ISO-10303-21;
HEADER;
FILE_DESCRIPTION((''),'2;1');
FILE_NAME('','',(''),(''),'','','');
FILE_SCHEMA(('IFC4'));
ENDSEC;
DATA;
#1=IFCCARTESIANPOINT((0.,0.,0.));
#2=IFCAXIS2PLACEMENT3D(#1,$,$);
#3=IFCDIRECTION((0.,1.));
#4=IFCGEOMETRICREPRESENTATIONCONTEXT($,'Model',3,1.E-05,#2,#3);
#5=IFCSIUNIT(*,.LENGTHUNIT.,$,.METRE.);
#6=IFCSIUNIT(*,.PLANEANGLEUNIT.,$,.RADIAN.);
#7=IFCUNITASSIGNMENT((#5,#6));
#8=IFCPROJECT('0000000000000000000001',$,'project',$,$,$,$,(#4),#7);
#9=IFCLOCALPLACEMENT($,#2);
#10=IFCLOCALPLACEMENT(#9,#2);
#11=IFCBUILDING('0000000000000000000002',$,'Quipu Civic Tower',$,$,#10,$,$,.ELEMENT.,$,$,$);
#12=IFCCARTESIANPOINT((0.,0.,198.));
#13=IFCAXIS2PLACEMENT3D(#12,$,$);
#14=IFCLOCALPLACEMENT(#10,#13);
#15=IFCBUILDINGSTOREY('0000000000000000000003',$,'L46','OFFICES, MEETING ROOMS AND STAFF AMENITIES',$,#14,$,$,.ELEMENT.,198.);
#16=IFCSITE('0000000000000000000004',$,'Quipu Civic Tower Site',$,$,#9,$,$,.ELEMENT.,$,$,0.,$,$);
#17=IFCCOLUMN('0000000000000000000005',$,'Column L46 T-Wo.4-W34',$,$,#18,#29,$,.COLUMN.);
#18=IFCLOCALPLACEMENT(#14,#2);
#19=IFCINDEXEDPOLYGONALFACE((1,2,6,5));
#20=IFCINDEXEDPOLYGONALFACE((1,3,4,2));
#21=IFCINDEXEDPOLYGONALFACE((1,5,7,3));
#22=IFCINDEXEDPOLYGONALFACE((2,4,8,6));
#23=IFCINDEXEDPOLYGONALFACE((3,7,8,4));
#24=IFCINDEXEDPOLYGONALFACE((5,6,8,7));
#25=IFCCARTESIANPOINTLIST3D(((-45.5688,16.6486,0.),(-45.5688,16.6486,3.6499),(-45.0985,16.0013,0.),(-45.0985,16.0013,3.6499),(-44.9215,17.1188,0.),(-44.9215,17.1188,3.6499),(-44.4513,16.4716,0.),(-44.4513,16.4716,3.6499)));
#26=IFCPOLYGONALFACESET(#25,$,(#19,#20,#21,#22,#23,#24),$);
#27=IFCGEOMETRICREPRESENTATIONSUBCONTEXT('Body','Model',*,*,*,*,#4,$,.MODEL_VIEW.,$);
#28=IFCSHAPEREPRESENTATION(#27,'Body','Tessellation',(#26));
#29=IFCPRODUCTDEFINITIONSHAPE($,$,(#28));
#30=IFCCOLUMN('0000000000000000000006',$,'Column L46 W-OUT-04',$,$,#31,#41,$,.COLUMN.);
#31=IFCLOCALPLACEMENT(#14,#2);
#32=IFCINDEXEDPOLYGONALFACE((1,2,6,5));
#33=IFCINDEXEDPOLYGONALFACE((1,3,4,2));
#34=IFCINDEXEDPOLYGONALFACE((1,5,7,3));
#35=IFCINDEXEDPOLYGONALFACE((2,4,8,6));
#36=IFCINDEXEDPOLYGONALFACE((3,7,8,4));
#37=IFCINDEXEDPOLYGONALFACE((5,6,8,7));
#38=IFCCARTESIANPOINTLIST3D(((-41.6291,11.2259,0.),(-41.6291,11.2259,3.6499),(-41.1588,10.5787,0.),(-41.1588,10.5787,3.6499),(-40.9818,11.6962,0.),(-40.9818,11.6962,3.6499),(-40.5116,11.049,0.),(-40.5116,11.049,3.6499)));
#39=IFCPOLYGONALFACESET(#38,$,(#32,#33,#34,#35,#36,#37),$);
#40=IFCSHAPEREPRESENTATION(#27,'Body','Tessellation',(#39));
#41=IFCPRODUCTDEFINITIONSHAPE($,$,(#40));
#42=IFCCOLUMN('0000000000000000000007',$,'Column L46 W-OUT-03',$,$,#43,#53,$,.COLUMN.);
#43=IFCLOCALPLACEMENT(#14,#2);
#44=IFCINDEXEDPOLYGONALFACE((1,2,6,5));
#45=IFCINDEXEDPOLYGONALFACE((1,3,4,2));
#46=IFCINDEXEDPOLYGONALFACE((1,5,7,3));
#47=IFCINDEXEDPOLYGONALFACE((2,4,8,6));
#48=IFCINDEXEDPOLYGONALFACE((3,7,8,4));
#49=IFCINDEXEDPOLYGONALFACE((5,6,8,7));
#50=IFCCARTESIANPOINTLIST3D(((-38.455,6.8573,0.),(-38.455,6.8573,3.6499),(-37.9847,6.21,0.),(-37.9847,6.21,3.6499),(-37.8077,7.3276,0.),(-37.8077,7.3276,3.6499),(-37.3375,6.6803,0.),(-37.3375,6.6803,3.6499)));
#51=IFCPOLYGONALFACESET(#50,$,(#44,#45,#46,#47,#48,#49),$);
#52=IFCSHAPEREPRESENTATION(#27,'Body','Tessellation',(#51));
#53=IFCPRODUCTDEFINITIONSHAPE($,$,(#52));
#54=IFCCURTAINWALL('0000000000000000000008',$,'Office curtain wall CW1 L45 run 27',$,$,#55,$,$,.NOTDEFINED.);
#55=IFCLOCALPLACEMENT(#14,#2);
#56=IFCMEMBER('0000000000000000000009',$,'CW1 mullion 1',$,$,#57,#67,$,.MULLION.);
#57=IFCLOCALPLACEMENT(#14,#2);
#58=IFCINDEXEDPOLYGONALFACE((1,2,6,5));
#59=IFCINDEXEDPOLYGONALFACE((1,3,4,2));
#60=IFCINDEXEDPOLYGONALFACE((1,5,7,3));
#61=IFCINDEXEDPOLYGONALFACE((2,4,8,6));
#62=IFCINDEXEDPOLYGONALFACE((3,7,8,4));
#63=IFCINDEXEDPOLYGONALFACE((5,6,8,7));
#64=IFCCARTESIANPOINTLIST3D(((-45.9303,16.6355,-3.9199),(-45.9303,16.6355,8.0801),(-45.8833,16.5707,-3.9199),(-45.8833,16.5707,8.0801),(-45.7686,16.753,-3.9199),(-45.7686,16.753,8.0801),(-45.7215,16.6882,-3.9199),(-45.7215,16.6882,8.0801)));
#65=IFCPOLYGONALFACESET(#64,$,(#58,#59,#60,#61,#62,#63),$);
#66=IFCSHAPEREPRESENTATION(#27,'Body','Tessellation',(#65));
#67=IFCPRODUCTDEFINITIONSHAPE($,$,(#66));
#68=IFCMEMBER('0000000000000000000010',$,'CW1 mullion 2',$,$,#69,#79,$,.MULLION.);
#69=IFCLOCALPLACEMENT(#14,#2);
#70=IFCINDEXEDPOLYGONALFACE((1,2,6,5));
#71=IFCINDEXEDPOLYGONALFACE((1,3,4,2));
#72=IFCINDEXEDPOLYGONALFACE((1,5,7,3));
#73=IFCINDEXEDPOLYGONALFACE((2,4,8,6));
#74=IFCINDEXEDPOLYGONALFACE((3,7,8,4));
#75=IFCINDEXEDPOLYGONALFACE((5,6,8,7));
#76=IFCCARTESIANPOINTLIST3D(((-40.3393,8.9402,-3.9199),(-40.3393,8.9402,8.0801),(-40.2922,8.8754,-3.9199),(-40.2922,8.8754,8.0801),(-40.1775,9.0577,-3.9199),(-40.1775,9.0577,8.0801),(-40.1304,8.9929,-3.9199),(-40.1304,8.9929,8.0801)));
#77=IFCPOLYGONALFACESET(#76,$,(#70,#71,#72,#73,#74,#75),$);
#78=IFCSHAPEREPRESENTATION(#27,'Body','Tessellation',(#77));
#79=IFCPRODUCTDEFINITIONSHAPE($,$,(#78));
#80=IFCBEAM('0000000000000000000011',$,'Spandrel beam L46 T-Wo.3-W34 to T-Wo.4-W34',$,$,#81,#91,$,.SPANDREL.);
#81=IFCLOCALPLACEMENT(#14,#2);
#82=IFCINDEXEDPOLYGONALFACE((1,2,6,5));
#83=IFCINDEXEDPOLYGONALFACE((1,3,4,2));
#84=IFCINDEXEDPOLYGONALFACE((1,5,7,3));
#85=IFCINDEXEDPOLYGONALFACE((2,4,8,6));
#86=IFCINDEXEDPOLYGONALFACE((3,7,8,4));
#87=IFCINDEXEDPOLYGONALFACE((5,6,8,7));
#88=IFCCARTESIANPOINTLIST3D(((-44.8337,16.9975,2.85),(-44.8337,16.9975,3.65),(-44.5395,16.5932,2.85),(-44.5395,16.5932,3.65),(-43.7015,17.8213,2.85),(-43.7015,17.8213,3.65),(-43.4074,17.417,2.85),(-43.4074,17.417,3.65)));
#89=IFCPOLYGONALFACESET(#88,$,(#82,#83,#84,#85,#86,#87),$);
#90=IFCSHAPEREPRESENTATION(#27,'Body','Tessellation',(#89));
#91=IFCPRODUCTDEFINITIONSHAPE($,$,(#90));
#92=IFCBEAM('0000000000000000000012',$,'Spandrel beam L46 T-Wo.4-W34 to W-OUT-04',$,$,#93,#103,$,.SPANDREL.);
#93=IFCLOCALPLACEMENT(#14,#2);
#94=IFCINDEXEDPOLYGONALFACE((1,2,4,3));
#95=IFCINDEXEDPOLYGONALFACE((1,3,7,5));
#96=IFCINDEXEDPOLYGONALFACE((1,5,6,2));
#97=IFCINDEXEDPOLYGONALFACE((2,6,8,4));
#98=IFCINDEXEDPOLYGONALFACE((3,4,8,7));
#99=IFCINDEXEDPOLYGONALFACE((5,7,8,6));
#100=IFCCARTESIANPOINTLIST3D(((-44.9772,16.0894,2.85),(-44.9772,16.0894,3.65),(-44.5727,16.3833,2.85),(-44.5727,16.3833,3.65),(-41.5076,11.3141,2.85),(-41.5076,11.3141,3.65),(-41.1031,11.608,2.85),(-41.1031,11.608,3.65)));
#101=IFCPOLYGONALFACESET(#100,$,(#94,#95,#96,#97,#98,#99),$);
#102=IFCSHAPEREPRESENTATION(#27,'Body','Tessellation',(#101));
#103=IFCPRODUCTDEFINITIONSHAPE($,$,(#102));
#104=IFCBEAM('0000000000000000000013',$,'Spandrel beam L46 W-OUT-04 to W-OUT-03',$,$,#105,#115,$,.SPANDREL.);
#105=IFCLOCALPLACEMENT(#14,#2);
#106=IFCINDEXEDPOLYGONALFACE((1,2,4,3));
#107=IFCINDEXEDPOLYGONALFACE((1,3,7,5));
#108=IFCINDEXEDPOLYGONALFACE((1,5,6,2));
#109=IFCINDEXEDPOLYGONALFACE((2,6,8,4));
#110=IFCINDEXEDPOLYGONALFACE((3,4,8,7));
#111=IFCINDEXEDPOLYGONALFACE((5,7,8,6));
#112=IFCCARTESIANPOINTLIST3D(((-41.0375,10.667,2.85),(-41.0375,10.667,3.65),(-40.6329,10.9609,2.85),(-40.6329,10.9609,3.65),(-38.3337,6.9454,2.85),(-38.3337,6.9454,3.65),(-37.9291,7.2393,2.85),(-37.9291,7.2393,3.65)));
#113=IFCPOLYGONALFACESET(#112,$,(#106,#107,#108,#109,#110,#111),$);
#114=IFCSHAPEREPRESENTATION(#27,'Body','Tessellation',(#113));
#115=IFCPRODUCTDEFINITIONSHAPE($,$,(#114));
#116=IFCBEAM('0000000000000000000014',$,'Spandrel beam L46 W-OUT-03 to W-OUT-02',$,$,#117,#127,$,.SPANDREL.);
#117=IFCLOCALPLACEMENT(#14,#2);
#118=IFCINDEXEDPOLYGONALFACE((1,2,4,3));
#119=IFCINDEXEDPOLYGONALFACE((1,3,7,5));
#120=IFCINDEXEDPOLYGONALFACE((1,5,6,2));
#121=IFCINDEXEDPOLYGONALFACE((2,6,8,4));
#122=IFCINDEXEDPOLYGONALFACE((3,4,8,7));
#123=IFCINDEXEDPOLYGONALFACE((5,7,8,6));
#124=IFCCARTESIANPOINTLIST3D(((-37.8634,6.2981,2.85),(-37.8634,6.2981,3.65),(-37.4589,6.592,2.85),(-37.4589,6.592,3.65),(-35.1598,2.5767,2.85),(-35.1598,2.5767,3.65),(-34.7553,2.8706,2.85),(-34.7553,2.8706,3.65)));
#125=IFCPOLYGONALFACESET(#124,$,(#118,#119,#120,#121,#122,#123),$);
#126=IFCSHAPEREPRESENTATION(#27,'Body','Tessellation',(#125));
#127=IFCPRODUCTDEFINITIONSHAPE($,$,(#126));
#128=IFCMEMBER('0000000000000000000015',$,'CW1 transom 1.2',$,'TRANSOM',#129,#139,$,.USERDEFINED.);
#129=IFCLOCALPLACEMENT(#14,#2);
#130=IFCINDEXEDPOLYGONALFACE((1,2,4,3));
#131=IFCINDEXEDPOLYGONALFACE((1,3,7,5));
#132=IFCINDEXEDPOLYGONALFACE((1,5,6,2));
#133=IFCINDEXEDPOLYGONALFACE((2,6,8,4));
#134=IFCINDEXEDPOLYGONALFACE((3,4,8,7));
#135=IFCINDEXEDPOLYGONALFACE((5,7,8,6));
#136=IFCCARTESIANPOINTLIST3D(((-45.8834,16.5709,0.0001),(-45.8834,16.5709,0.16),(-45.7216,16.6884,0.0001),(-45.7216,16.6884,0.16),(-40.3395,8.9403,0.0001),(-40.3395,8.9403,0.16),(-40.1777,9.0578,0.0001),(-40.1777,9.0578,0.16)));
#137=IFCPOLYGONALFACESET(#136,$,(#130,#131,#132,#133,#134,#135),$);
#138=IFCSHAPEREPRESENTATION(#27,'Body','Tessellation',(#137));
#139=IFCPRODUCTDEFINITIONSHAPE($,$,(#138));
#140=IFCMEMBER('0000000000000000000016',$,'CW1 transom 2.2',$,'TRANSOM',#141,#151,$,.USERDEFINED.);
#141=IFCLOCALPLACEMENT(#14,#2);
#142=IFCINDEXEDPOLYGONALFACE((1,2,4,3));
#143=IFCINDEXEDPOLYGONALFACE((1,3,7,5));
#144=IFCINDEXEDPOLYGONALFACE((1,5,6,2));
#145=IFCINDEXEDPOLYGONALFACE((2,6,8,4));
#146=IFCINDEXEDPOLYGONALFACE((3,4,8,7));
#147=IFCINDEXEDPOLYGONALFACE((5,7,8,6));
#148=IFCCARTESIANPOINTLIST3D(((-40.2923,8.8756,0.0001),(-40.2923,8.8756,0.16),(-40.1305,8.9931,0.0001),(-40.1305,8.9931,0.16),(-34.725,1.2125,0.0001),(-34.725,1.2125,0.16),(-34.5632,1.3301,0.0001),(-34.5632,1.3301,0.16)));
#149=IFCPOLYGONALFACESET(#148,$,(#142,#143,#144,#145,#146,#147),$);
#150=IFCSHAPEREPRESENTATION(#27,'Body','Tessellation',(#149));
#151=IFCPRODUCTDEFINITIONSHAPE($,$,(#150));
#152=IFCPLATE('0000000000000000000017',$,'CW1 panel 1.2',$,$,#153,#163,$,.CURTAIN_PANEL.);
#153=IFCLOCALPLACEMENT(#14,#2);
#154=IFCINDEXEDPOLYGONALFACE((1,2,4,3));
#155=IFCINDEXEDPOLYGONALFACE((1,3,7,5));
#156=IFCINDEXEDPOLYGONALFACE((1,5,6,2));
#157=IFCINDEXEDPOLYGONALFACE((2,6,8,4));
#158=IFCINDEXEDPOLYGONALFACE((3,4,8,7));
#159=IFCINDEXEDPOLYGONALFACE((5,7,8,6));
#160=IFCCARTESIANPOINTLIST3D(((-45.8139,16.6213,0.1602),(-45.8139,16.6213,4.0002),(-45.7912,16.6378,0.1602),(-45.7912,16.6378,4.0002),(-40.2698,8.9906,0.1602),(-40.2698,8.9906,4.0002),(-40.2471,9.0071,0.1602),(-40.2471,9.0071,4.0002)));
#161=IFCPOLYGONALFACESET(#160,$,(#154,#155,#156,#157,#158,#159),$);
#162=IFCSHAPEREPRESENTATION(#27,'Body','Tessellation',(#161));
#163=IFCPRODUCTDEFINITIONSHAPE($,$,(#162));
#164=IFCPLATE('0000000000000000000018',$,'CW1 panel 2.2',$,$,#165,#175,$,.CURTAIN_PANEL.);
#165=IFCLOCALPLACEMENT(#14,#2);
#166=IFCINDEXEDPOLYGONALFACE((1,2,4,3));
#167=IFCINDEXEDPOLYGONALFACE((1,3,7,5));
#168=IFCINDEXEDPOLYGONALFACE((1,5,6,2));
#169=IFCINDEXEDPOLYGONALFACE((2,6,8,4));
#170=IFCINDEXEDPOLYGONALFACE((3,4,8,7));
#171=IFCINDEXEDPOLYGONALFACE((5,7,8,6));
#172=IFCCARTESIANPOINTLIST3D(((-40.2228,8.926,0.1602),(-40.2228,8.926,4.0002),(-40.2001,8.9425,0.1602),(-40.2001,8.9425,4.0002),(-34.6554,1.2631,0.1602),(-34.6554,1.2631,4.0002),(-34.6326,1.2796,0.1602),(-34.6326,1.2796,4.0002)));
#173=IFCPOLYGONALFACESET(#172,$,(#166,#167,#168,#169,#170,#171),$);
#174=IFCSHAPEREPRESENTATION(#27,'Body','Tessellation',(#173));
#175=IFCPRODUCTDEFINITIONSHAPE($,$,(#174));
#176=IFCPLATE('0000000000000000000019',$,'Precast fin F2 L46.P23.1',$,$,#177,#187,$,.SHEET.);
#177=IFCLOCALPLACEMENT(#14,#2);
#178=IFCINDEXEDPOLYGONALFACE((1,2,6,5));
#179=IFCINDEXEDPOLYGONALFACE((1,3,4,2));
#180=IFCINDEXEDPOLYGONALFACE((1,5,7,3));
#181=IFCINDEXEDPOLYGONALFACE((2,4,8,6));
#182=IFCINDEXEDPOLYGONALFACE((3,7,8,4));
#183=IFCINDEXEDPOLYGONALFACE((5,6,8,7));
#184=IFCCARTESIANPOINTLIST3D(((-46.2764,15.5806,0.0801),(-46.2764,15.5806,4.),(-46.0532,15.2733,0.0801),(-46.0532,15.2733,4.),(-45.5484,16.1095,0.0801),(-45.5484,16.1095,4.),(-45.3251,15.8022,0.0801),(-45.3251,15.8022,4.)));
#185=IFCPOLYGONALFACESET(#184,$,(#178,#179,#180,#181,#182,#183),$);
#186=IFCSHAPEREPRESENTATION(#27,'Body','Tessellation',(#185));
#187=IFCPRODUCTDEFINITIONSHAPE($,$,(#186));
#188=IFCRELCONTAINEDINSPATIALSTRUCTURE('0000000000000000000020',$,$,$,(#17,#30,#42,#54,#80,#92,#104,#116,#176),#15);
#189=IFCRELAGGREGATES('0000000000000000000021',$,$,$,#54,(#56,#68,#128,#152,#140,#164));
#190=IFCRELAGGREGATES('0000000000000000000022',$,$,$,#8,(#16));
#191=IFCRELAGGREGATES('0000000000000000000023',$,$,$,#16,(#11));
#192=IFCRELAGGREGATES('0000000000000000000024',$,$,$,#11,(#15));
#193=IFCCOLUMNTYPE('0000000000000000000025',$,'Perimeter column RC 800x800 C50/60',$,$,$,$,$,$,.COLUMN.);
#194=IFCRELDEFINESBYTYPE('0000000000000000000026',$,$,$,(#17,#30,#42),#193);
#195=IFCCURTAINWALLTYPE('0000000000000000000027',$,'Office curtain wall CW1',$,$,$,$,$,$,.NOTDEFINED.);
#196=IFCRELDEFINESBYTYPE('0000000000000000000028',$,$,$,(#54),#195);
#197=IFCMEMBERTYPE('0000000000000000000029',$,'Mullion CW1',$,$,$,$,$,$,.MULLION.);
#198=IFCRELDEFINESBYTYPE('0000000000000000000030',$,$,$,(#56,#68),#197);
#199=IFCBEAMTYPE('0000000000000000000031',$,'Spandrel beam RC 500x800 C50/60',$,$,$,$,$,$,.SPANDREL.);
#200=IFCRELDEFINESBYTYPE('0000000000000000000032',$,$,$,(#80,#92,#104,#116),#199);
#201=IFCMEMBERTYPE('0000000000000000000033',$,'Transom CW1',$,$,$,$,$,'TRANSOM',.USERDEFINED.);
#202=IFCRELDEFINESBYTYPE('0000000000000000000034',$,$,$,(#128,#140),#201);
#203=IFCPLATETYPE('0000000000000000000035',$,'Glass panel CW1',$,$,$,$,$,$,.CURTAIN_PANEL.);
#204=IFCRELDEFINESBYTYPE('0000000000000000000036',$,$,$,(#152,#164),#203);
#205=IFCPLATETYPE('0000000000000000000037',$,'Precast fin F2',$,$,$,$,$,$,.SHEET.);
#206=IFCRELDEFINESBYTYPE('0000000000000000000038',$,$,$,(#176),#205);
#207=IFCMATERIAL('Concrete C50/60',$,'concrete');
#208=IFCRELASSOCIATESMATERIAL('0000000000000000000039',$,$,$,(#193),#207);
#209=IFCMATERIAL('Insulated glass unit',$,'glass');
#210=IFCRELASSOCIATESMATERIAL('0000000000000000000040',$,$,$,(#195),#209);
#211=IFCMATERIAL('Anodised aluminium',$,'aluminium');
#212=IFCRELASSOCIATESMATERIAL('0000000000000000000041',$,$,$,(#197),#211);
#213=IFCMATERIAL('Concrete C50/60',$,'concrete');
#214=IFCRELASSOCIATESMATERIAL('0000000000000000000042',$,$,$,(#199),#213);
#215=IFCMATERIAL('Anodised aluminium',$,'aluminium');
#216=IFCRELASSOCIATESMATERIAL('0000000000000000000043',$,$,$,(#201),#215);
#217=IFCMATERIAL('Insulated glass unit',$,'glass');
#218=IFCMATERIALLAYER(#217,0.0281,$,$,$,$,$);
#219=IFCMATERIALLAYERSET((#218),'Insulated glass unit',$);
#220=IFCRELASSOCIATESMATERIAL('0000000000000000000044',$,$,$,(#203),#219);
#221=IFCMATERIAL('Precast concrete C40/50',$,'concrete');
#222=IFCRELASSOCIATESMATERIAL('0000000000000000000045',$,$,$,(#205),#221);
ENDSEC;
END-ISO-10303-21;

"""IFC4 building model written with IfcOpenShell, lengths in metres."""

from ifc_helpers import new_model, si_unit, direction, frame, origin, origin_2d, place, context, subcontext, project, spatial, rectangle, extrude, material, layer, layer_set, material_profile, profile_set, type_object, element, aggregate, save


model = new_model("IFC4")

# Units and contexts
model_context = context("Model", 3, precision=1e-05, world=origin(), true_north=direction((0.0, 1.0)))
body_context = subcontext(model_context, "Body", "Model", "MODEL_VIEW")
ifc_project = project(units=[si_unit("LENGTHUNIT", "METRE"), si_unit("PLANEANGLEUNIT", "RADIAN")], contexts=[model_context])

# Site, building, storey
site_placement = place(None, origin())
site = spatial("IfcSite", under=ifc_project, at=site_placement, Name="Quipu Civic Tower Site", CompositionType="ELEMENT", RefElevation=0.0)
building_placement = place(site_placement, origin())
building = spatial("IfcBuilding", under=site, at=building_placement, Name="Quipu Civic Tower", CompositionType="ELEMENT")
storey_placement = place(building_placement, frame((0.0, 0.0, 198.0)))
storey = spatial("IfcBuildingStorey", under=building, at=storey_placement, Name="L46", Description="OFFICES, MEETING ROOMS AND STAFF AMENITIES", CompositionType="ELEMENT", Elevation=198.0)

# Columns
ifc_material_1 = material(Name="Concrete C50/60", Category="concrete")
ifc_material_profile_1 = material_profile(ifc_material_1, rectangle(XDim=0.8, YDim=0.8, at=origin_2d()), Name="RC800x800")
ifc_profile_set_1 = profile_set([ifc_material_profile_1], Name="Concrete C50/60")
column_type = type_object("IfcColumnType", Name="Perimeter column RC 800x800 C50/60", PredefinedType="COLUMN", material=ifc_profile_set_1)
for number, where, z_axis, x_axis, name in (
    (1, (-45.01, 16.5601, 0.0), (0.0, 0.0, 1.0), (0.587785, -0.809017, 0.0), "Column L46 T-Wo.4-W34"),
    (2, (-41.0703, 11.1375, 0.0), (0.0, 0.0, 1.0), (0.587785, -0.809017, 0.0), "Column L46 W-OUT-04"),
    (3, (-37.8962, 6.7688, 0.0), (0.0, 0.0, 1.0), (0.587785, -0.809017, 0.0), "Column L46 W-OUT-03"),
):
    element("IfcColumn", number, at=place(storey_placement, frame(where, z_axis=z_axis, x_axis=x_axis)), inside=storey, type_object=column_type, Name=name, PredefinedType="COLUMN", context=body_context, shape_type="SweptSolid", body=[
        extrude(rectangle(XDim=0.8, YDim=0.8, at=origin_2d()), origin(), (0.0, 0.0, 1.0), 3.6499),
    ])

# Curtain wall, members
ifc_material_2 = material(Name="Insulated glass unit", Category="glass")
curtain_wall_type = type_object("IfcCurtainWallType", Name="Office curtain wall CW1", PredefinedType="NOTDEFINED", material=ifc_material_2)
curtain_wall_placement = place(storey_placement, origin())
curtain_wall = element("IfcCurtainWall", 4, at=curtain_wall_placement, inside=storey, type_object=curtain_wall_type, Name="Office curtain wall CW1 L45 run 27", PredefinedType="NOTDEFINED")
ifc_material_3 = material(Name="Anodised aluminium", Category="aluminium")
ifc_material_profile_2 = material_profile(ifc_material_3, rectangle(XDim=0.2, YDim=0.0801, at=origin_2d()), Name="RECT 200x80")
ifc_profile_set_2 = profile_set([ifc_material_profile_2], Name="Anodised aluminium")
member_type_1 = type_object("IfcMemberType", Name="Mullion CW1", PredefinedType="MULLION", material=ifc_profile_set_2)
member_1_placement = place(storey_placement, frame((-45.8259, 16.6619, -3.9199), z_axis=(0.0, 0.0, 1.0), x_axis=(0.809017, 0.587786, 0.0)))
member_1 = element("IfcMember", 5, at=member_1_placement, type_object=member_type_1, Name="CW1 mullion 1", PredefinedType="MULLION", context=body_context, shape_type="SweptSolid", body=[
    extrude(rectangle(XDim=0.2, YDim=0.0801, at=origin_2d()), origin(), (0.0, 0.0, 1.0), 12.0),
])
member_2_placement = place(storey_placement, frame((-40.2349, 8.9666, -3.9199), z_axis=(0.0, 0.0, 1.0), x_axis=(0.809017, 0.587786, 0.0)))
member_2 = element("IfcMember", 6, at=member_2_placement, type_object=member_type_1, Name="CW1 mullion 2", PredefinedType="MULLION", context=body_context, shape_type="SweptSolid", body=[
    extrude(rectangle(XDim=0.2, YDim=0.0801, at=origin_2d()), origin(), (0.0, 0.0, 1.0), 12.0),
])

# Beams
ifc_material_4 = material(Name="Concrete C50/60", Category="concrete")
ifc_material_profile_3 = material_profile(ifc_material_4, rectangle(XDim=0.5, YDim=0.8, at=origin_2d()), Name="RC500x800")
ifc_profile_set_3 = profile_set([ifc_material_profile_3], Name="Concrete C50/60")
beam_type = type_object("IfcBeamType", Name="Spandrel beam RC 500x800 C50/60", PredefinedType="SPANDREL", material=ifc_profile_set_3)
beam_1_placement = place(storey_placement, frame((-43.5544, 17.6191, 3.25), z_axis=(-0.8086, -0.588358, 0.0), x_axis=(0.588358, -0.8086, 0.0)))
element("IfcBeam", 7, at=beam_1_placement, inside=storey, type_object=beam_type, Name="Spandrel beam L46 T-Wo.3-W34 to T-Wo.4-W34", PredefinedType="SPANDREL", context=body_context, shape_type="SweptSolid", body=[
    extrude(rectangle(XDim=0.5, YDim=0.8, at=origin_2d()), origin(), (0.0, 0.0, 1.0), 1.4001),
])
beam_2_placement = place(storey_placement, frame((-44.7749, 16.2363, 3.25), z_axis=(0.5878, -0.809006, 0.0), x_axis=(0.809006, 0.5878, 0.0)))
element("IfcBeam", 8, at=beam_2_placement, inside=storey, type_object=beam_type, Name="Spandrel beam L46 T-Wo.4-W34 to W-OUT-04", PredefinedType="SPANDREL", context=body_context, shape_type="SweptSolid", body=[
    extrude(rectangle(XDim=0.5, YDim=0.8, at=origin_2d()), origin(), (0.0, 0.0, 1.0), 5.9026),
])
beam_3_placement = place(storey_placement, frame((-40.8352, 10.814, 3.25), z_axis=(0.587771, -0.809027, 0.0), x_axis=(0.809027, 0.587771, 0.0)))
element("IfcBeam", 9, at=beam_3_placement, inside=storey, type_object=beam_type, Name="Spandrel beam L46 W-OUT-04 to W-OUT-03", PredefinedType="SPANDREL", context=body_context, shape_type="SweptSolid", body=[
    extrude(rectangle(XDim=0.5, YDim=0.8, at=origin_2d()), origin(), (0.0, 0.0, 1.0), 4.6001),
])
beam_4_placement = place(storey_placement, frame((-37.6611, 6.4451, 3.25), z_axis=(0.587761, -0.809034, 0.0), x_axis=(0.809034, 0.587761, 0.0)))
element("IfcBeam", 10, at=beam_4_placement, inside=storey, type_object=beam_type, Name="Spandrel beam L46 W-OUT-03 to W-OUT-02", PredefinedType="SPANDREL", context=body_context, shape_type="SweptSolid", body=[
    extrude(rectangle(XDim=0.5, YDim=0.8, at=origin_2d()), origin(), (0.0, 0.0, 1.0), 4.5999),
])

# Members
ifc_material_5 = material(Name="Anodised aluminium", Category="aluminium")
ifc_material_profile_4 = material_profile(ifc_material_5, rectangle(XDim=0.2, YDim=0.1599, at=origin_2d()), Name="RECT 200x160")
ifc_profile_set_4 = profile_set([ifc_material_profile_4], Name="Anodised aluminium")
member_type_2 = type_object("IfcMemberType", Name="Transom CW1", ElementType="TRANSOM", PredefinedType="USERDEFINED", material=ifc_profile_set_4)
member_3_placement = place(storey_placement, frame((-45.8025, 16.6296, 0.0801), z_axis=(0.587784, -0.809018, 0.0), x_axis=(0.809018, 0.587784, 0.0)))
member_3 = element("IfcMember", 11, at=member_3_placement, type_object=member_type_2, Name="CW1 transom 1.2", ObjectType="TRANSOM", PredefinedType="USERDEFINED", context=body_context, shape_type="SweptSolid", body=[
    extrude(rectangle(XDim=0.2, YDim=0.1599, at=origin_2d()), origin(), (0.0, 0.0, 1.0), 9.4319),
])
member_4_placement = place(storey_placement, frame((-40.2114, 8.9343, 0.0801), z_axis=(0.587773, -0.809026, 0.0), x_axis=(0.809026, 0.587773, 0.0)))
member_4 = element("IfcMember", 12, at=member_4_placement, type_object=member_type_2, Name="CW1 transom 2.2", ObjectType="TRANSOM", PredefinedType="USERDEFINED", context=body_context, shape_type="SweptSolid", body=[
    extrude(rectangle(XDim=0.2, YDim=0.1599, at=origin_2d()), origin(), (0.0, 0.0, 1.0), 9.4719),
])

# Plates
ifc_material_6 = material(Name="Insulated glass unit", Category="glass")
ifc_layer_1 = layer(ifc_material_6, 0.0281)
ifc_layer_set_1 = layer_set([ifc_layer_1], Name="Insulated glass unit")
plate_type_1 = type_object("IfcPlateType", Name="Glass panel CW1", PredefinedType="CURTAIN_PANEL", material=ifc_layer_set_1)
plate_1_placement = place(storey_placement, frame((-43.0305, 12.8142, 0.1602), z_axis=(0.0, 0.0, 1.0), x_axis=(0.587786, -0.809017, 0.0)))
plate_1 = element("IfcPlate", 13, at=plate_1_placement, type_object=plate_type_1, Name="CW1 panel 1.2", PredefinedType="CURTAIN_PANEL", context=body_context, shape_type="SweptSolid", body=[
    extrude(rectangle(XDim=9.4321, YDim=0.0281, at=origin_2d()), origin(), (0.0, 0.0, 1.0), 3.8401),
])
plate_2_placement = place(storey_placement, frame((-37.4277, 5.1028, 0.1602), z_axis=(0.0, 0.0, 1.0), x_axis=(0.587786, -0.809017, 0.0)))
plate_2 = element("IfcPlate", 14, at=plate_2_placement, type_object=plate_type_1, Name="CW1 panel 2.2", PredefinedType="CURTAIN_PANEL", context=body_context, shape_type="SweptSolid", body=[
    extrude(rectangle(XDim=9.4719, YDim=0.0281, at=origin_2d()), origin(), (0.0, 0.0, 1.0), 3.8401),
])
aggregate(curtain_wall, [member_1, member_2, member_3, plate_1, member_4, plate_2])

# Plate
ifc_material_7 = material(Name="Precast concrete C40/50", Category="concrete")
plate_type_2 = type_object("IfcPlateType", Name="Precast fin F2", PredefinedType="SHEET", material=ifc_material_7)
for number, where, z_axis, x_axis, name in (
    (15, (-45.8008, 15.6914, 0.0801), (0.0, 0.0, 1.0), (0.587786, -0.809017, 0.0), "Precast fin F2 L46.P23.1"),
):
    element("IfcPlate", number, at=place(storey_placement, frame(where, z_axis=z_axis, x_axis=x_axis)), inside=storey, type_object=plate_type_2, Name=name, PredefinedType="SHEET", context=body_context, shape_type="SweptSolid", body=[
        extrude(rectangle(XDim=0.3799, YDim=0.8999, at=origin_2d()), origin(), (0.0, 0.0, 1.0), 3.9199),
    ])

save(model, "model.ifc")
